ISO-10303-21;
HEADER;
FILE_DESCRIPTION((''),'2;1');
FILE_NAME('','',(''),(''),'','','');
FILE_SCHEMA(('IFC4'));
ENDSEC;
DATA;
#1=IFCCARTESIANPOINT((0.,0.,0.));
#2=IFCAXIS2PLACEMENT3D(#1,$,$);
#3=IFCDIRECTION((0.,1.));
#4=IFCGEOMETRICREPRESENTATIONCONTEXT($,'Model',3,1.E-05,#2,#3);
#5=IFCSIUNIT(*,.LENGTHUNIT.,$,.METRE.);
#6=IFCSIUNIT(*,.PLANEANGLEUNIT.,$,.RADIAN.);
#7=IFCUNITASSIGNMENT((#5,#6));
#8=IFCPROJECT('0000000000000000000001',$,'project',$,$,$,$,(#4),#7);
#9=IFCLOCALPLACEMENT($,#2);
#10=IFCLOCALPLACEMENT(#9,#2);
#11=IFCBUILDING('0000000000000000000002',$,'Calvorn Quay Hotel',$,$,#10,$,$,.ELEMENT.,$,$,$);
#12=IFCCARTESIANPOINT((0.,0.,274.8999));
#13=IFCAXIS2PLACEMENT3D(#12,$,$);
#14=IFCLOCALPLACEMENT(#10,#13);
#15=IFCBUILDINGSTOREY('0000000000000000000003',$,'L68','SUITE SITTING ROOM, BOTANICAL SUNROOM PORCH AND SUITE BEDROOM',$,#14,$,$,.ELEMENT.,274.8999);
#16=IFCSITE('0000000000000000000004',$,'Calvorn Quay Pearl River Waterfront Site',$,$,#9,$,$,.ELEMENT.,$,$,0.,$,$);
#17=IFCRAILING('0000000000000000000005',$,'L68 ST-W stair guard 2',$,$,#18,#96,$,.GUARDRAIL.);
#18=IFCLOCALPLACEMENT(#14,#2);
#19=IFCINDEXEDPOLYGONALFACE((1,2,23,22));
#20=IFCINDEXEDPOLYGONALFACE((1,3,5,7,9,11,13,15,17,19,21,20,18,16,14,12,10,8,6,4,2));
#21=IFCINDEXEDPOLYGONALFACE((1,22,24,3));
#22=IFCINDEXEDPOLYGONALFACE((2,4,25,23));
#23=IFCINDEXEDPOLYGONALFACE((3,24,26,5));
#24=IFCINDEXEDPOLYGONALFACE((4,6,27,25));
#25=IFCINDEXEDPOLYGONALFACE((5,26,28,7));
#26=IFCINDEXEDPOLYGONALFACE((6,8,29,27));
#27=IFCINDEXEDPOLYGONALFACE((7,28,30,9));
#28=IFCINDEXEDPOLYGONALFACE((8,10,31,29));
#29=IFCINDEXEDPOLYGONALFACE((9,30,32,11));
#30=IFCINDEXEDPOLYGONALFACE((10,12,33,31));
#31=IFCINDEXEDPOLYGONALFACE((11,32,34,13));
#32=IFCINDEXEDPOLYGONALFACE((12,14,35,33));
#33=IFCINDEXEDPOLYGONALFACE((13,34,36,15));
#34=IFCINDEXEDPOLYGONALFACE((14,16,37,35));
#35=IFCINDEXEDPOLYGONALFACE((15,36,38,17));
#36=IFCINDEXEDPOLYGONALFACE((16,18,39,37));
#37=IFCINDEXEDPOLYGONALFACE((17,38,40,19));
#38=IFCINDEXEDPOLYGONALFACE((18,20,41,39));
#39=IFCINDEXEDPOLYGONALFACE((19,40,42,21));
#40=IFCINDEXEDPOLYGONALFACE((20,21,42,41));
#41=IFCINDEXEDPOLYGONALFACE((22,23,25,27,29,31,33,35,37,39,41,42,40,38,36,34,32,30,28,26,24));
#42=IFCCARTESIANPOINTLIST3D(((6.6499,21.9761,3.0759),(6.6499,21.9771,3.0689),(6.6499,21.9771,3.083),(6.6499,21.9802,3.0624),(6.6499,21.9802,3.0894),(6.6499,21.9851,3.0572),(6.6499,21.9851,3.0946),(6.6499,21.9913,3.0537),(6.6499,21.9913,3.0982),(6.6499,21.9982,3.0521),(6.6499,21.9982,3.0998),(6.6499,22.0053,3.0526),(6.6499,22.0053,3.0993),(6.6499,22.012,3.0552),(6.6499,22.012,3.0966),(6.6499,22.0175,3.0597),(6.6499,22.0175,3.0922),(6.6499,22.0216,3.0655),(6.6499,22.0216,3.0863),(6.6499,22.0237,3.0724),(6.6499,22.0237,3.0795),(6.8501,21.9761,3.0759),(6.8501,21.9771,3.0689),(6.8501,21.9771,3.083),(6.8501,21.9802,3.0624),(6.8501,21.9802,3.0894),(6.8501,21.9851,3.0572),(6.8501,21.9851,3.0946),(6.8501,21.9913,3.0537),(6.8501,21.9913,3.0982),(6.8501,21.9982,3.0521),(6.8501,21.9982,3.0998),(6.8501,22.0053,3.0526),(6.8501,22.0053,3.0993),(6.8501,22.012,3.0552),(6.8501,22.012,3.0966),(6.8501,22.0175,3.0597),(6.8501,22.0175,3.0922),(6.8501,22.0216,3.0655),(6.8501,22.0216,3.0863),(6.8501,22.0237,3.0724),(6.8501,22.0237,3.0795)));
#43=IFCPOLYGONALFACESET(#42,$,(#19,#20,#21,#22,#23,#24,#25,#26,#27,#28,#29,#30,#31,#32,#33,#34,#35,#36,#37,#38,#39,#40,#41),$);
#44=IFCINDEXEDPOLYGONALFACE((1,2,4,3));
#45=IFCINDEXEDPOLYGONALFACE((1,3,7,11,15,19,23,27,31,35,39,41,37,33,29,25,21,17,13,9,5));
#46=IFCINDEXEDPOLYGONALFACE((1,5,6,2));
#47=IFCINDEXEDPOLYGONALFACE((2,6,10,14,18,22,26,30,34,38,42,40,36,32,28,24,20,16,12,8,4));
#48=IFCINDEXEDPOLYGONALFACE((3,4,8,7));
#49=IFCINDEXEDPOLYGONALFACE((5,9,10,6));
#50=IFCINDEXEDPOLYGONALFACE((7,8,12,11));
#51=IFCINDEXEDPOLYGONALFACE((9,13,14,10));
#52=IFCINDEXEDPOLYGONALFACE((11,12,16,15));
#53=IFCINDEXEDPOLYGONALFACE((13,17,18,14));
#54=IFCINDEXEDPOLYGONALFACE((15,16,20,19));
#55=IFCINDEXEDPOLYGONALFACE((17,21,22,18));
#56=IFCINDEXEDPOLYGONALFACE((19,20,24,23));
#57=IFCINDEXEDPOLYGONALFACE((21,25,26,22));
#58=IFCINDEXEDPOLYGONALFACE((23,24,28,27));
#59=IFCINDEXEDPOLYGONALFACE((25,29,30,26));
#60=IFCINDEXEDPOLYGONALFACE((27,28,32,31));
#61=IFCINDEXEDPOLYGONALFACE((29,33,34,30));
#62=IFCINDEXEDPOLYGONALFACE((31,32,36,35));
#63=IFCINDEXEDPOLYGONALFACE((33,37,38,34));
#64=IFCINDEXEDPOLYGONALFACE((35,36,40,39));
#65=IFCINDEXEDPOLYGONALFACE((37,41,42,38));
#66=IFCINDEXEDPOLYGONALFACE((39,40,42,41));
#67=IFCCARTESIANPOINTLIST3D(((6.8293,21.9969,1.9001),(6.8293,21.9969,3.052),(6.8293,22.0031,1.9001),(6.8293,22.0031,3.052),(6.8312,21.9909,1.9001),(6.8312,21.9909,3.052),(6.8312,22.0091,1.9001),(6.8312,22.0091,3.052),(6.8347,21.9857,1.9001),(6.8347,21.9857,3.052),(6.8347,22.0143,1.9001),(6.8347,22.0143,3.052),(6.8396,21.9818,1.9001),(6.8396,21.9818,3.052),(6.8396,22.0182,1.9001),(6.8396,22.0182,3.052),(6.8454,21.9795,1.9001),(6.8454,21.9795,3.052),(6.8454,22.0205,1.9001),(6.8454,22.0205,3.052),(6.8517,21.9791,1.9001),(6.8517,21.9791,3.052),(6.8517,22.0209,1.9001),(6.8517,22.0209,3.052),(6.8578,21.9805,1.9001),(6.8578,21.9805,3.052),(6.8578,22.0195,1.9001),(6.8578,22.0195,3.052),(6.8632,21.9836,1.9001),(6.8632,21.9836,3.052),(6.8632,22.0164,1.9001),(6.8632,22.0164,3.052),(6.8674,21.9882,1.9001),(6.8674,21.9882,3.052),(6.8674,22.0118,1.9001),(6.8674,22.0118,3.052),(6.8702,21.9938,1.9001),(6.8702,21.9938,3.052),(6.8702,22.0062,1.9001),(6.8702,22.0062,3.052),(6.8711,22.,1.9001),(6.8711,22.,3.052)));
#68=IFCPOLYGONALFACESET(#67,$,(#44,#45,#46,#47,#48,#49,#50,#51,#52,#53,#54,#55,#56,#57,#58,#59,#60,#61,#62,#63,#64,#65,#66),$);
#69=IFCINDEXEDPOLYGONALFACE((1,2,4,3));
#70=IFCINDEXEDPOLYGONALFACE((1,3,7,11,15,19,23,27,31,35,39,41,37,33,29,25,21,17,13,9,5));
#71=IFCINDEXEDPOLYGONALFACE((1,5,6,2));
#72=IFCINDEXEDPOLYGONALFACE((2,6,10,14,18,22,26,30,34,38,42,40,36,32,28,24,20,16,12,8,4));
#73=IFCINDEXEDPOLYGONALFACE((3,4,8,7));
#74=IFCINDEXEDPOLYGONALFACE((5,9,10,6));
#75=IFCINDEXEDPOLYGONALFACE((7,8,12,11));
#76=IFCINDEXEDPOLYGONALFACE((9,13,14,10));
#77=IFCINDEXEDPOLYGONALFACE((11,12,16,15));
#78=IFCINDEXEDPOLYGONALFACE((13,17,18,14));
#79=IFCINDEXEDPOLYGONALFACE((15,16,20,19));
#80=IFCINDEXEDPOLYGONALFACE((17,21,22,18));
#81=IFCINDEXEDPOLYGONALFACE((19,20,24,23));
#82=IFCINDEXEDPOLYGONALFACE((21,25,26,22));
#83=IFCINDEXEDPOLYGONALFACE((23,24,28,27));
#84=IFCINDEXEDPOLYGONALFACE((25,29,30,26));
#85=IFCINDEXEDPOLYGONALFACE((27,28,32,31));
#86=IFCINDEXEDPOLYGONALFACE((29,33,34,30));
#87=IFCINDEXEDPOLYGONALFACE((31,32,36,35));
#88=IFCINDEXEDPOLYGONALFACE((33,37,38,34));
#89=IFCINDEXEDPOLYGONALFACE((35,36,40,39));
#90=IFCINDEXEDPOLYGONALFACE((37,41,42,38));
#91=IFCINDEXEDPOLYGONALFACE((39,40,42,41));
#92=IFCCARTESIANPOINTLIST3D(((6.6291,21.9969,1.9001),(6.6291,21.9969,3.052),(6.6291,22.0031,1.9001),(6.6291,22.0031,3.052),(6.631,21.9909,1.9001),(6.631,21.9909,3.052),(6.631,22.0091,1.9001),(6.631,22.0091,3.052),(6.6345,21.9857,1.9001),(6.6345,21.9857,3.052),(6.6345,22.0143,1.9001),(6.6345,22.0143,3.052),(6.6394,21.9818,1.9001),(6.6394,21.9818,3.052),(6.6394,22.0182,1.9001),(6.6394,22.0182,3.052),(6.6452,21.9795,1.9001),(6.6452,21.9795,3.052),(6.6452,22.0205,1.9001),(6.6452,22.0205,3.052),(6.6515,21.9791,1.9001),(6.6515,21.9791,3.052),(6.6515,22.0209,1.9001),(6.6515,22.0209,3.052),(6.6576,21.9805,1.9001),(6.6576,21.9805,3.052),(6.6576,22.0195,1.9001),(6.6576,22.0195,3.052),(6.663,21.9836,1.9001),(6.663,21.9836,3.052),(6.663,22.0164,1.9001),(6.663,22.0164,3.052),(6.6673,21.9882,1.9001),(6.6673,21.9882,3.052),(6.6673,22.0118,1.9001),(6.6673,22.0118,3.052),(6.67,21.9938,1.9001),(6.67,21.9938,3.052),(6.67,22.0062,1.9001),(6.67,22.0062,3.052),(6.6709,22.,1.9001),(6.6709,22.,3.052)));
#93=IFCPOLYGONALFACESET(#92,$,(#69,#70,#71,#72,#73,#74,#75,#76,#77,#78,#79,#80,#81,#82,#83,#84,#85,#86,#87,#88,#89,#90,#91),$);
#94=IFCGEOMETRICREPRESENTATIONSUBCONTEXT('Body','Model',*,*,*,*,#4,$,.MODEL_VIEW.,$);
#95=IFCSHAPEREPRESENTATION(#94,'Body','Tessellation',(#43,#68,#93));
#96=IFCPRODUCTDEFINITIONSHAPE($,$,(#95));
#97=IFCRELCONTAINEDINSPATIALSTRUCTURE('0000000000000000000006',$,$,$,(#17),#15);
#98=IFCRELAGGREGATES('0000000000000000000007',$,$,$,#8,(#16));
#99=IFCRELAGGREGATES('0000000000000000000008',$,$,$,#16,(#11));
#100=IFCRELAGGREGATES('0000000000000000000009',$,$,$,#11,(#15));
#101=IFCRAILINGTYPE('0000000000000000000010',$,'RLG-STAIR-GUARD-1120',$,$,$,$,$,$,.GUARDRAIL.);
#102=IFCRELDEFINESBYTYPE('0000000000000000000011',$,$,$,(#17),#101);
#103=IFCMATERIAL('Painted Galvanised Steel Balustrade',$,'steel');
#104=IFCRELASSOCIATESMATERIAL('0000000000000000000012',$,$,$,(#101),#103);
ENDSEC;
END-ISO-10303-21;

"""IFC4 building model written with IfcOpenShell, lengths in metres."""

from ifc_helpers import new_model, si_unit, direction, frame, origin, origin_2d, place, context, subcontext, project, spatial, circle, extrude, material, type_object, element, save


model = new_model("IFC4")

# Units and contexts
model_context = context("Model", 3, precision=1e-05, world=origin(), true_north=direction((0.0, 1.0)))
body_context = subcontext(model_context, "Body", "Model", "MODEL_VIEW")
ifc_project = project(units=[si_unit("LENGTHUNIT", "METRE"), si_unit("PLANEANGLEUNIT", "RADIAN")], contexts=[model_context])

# Site, building, storey
site_placement = place(None, origin())
site = spatial("IfcSite", under=ifc_project, at=site_placement, Name="Calvorn Quay Pearl River Waterfront Site", CompositionType="ELEMENT", RefElevation=0.0)
building_placement = place(site_placement, origin())
building = spatial("IfcBuilding", under=site, at=building_placement, Name="Calvorn Quay Hotel", CompositionType="ELEMENT")
storey_placement = place(building_placement, frame((0.0, 0.0, 274.8999)))
storey = spatial("IfcBuildingStorey", under=building, at=storey_placement, Name="L68", Description="SUITE SITTING ROOM, BOTANICAL SUNROOM PORCH AND SUITE BEDROOM", CompositionType="ELEMENT", Elevation=274.8999)

# Railing
ifc_material_1 = material(Name="Painted Galvanised Steel Balustrade", Category="steel")
railing_type_1 = type_object("IfcRailingType", Name="RLG-STAIR-GUARD-1120", PredefinedType="GUARDRAIL", material=ifc_material_1)
railing_1_placement = place(storey_placement, frame((6.8501, 22.0, 1.9001)))
element("IfcRailing", 1, at=railing_1_placement, inside=storey, type_object=railing_type_1, Name="L68 ST-W stair guard 2", PredefinedType="GUARDRAIL", context=body_context, shape_type="SweptSolid", body=[
    extrude(circle(Radius=0.0239, at=origin_2d()), frame((0.0, 0.0, 1.1758), z_axis=(-1.0, 0.0, 0.0), x_axis=(0.0, -1.0, 0.0)), (0.0, 0.0, 1.0), 0.2002),
    extrude(circle(Radius=0.021, at=origin_2d()), origin(), (0.0, 0.0, 1.0), 1.1519),
    extrude(circle(Radius=0.021, at=origin_2d()), frame((-0.2002, 0.0, 0.0)), (0.0, 0.0, 1.0), 1.1519),
])

save(model, "model.ifc")
